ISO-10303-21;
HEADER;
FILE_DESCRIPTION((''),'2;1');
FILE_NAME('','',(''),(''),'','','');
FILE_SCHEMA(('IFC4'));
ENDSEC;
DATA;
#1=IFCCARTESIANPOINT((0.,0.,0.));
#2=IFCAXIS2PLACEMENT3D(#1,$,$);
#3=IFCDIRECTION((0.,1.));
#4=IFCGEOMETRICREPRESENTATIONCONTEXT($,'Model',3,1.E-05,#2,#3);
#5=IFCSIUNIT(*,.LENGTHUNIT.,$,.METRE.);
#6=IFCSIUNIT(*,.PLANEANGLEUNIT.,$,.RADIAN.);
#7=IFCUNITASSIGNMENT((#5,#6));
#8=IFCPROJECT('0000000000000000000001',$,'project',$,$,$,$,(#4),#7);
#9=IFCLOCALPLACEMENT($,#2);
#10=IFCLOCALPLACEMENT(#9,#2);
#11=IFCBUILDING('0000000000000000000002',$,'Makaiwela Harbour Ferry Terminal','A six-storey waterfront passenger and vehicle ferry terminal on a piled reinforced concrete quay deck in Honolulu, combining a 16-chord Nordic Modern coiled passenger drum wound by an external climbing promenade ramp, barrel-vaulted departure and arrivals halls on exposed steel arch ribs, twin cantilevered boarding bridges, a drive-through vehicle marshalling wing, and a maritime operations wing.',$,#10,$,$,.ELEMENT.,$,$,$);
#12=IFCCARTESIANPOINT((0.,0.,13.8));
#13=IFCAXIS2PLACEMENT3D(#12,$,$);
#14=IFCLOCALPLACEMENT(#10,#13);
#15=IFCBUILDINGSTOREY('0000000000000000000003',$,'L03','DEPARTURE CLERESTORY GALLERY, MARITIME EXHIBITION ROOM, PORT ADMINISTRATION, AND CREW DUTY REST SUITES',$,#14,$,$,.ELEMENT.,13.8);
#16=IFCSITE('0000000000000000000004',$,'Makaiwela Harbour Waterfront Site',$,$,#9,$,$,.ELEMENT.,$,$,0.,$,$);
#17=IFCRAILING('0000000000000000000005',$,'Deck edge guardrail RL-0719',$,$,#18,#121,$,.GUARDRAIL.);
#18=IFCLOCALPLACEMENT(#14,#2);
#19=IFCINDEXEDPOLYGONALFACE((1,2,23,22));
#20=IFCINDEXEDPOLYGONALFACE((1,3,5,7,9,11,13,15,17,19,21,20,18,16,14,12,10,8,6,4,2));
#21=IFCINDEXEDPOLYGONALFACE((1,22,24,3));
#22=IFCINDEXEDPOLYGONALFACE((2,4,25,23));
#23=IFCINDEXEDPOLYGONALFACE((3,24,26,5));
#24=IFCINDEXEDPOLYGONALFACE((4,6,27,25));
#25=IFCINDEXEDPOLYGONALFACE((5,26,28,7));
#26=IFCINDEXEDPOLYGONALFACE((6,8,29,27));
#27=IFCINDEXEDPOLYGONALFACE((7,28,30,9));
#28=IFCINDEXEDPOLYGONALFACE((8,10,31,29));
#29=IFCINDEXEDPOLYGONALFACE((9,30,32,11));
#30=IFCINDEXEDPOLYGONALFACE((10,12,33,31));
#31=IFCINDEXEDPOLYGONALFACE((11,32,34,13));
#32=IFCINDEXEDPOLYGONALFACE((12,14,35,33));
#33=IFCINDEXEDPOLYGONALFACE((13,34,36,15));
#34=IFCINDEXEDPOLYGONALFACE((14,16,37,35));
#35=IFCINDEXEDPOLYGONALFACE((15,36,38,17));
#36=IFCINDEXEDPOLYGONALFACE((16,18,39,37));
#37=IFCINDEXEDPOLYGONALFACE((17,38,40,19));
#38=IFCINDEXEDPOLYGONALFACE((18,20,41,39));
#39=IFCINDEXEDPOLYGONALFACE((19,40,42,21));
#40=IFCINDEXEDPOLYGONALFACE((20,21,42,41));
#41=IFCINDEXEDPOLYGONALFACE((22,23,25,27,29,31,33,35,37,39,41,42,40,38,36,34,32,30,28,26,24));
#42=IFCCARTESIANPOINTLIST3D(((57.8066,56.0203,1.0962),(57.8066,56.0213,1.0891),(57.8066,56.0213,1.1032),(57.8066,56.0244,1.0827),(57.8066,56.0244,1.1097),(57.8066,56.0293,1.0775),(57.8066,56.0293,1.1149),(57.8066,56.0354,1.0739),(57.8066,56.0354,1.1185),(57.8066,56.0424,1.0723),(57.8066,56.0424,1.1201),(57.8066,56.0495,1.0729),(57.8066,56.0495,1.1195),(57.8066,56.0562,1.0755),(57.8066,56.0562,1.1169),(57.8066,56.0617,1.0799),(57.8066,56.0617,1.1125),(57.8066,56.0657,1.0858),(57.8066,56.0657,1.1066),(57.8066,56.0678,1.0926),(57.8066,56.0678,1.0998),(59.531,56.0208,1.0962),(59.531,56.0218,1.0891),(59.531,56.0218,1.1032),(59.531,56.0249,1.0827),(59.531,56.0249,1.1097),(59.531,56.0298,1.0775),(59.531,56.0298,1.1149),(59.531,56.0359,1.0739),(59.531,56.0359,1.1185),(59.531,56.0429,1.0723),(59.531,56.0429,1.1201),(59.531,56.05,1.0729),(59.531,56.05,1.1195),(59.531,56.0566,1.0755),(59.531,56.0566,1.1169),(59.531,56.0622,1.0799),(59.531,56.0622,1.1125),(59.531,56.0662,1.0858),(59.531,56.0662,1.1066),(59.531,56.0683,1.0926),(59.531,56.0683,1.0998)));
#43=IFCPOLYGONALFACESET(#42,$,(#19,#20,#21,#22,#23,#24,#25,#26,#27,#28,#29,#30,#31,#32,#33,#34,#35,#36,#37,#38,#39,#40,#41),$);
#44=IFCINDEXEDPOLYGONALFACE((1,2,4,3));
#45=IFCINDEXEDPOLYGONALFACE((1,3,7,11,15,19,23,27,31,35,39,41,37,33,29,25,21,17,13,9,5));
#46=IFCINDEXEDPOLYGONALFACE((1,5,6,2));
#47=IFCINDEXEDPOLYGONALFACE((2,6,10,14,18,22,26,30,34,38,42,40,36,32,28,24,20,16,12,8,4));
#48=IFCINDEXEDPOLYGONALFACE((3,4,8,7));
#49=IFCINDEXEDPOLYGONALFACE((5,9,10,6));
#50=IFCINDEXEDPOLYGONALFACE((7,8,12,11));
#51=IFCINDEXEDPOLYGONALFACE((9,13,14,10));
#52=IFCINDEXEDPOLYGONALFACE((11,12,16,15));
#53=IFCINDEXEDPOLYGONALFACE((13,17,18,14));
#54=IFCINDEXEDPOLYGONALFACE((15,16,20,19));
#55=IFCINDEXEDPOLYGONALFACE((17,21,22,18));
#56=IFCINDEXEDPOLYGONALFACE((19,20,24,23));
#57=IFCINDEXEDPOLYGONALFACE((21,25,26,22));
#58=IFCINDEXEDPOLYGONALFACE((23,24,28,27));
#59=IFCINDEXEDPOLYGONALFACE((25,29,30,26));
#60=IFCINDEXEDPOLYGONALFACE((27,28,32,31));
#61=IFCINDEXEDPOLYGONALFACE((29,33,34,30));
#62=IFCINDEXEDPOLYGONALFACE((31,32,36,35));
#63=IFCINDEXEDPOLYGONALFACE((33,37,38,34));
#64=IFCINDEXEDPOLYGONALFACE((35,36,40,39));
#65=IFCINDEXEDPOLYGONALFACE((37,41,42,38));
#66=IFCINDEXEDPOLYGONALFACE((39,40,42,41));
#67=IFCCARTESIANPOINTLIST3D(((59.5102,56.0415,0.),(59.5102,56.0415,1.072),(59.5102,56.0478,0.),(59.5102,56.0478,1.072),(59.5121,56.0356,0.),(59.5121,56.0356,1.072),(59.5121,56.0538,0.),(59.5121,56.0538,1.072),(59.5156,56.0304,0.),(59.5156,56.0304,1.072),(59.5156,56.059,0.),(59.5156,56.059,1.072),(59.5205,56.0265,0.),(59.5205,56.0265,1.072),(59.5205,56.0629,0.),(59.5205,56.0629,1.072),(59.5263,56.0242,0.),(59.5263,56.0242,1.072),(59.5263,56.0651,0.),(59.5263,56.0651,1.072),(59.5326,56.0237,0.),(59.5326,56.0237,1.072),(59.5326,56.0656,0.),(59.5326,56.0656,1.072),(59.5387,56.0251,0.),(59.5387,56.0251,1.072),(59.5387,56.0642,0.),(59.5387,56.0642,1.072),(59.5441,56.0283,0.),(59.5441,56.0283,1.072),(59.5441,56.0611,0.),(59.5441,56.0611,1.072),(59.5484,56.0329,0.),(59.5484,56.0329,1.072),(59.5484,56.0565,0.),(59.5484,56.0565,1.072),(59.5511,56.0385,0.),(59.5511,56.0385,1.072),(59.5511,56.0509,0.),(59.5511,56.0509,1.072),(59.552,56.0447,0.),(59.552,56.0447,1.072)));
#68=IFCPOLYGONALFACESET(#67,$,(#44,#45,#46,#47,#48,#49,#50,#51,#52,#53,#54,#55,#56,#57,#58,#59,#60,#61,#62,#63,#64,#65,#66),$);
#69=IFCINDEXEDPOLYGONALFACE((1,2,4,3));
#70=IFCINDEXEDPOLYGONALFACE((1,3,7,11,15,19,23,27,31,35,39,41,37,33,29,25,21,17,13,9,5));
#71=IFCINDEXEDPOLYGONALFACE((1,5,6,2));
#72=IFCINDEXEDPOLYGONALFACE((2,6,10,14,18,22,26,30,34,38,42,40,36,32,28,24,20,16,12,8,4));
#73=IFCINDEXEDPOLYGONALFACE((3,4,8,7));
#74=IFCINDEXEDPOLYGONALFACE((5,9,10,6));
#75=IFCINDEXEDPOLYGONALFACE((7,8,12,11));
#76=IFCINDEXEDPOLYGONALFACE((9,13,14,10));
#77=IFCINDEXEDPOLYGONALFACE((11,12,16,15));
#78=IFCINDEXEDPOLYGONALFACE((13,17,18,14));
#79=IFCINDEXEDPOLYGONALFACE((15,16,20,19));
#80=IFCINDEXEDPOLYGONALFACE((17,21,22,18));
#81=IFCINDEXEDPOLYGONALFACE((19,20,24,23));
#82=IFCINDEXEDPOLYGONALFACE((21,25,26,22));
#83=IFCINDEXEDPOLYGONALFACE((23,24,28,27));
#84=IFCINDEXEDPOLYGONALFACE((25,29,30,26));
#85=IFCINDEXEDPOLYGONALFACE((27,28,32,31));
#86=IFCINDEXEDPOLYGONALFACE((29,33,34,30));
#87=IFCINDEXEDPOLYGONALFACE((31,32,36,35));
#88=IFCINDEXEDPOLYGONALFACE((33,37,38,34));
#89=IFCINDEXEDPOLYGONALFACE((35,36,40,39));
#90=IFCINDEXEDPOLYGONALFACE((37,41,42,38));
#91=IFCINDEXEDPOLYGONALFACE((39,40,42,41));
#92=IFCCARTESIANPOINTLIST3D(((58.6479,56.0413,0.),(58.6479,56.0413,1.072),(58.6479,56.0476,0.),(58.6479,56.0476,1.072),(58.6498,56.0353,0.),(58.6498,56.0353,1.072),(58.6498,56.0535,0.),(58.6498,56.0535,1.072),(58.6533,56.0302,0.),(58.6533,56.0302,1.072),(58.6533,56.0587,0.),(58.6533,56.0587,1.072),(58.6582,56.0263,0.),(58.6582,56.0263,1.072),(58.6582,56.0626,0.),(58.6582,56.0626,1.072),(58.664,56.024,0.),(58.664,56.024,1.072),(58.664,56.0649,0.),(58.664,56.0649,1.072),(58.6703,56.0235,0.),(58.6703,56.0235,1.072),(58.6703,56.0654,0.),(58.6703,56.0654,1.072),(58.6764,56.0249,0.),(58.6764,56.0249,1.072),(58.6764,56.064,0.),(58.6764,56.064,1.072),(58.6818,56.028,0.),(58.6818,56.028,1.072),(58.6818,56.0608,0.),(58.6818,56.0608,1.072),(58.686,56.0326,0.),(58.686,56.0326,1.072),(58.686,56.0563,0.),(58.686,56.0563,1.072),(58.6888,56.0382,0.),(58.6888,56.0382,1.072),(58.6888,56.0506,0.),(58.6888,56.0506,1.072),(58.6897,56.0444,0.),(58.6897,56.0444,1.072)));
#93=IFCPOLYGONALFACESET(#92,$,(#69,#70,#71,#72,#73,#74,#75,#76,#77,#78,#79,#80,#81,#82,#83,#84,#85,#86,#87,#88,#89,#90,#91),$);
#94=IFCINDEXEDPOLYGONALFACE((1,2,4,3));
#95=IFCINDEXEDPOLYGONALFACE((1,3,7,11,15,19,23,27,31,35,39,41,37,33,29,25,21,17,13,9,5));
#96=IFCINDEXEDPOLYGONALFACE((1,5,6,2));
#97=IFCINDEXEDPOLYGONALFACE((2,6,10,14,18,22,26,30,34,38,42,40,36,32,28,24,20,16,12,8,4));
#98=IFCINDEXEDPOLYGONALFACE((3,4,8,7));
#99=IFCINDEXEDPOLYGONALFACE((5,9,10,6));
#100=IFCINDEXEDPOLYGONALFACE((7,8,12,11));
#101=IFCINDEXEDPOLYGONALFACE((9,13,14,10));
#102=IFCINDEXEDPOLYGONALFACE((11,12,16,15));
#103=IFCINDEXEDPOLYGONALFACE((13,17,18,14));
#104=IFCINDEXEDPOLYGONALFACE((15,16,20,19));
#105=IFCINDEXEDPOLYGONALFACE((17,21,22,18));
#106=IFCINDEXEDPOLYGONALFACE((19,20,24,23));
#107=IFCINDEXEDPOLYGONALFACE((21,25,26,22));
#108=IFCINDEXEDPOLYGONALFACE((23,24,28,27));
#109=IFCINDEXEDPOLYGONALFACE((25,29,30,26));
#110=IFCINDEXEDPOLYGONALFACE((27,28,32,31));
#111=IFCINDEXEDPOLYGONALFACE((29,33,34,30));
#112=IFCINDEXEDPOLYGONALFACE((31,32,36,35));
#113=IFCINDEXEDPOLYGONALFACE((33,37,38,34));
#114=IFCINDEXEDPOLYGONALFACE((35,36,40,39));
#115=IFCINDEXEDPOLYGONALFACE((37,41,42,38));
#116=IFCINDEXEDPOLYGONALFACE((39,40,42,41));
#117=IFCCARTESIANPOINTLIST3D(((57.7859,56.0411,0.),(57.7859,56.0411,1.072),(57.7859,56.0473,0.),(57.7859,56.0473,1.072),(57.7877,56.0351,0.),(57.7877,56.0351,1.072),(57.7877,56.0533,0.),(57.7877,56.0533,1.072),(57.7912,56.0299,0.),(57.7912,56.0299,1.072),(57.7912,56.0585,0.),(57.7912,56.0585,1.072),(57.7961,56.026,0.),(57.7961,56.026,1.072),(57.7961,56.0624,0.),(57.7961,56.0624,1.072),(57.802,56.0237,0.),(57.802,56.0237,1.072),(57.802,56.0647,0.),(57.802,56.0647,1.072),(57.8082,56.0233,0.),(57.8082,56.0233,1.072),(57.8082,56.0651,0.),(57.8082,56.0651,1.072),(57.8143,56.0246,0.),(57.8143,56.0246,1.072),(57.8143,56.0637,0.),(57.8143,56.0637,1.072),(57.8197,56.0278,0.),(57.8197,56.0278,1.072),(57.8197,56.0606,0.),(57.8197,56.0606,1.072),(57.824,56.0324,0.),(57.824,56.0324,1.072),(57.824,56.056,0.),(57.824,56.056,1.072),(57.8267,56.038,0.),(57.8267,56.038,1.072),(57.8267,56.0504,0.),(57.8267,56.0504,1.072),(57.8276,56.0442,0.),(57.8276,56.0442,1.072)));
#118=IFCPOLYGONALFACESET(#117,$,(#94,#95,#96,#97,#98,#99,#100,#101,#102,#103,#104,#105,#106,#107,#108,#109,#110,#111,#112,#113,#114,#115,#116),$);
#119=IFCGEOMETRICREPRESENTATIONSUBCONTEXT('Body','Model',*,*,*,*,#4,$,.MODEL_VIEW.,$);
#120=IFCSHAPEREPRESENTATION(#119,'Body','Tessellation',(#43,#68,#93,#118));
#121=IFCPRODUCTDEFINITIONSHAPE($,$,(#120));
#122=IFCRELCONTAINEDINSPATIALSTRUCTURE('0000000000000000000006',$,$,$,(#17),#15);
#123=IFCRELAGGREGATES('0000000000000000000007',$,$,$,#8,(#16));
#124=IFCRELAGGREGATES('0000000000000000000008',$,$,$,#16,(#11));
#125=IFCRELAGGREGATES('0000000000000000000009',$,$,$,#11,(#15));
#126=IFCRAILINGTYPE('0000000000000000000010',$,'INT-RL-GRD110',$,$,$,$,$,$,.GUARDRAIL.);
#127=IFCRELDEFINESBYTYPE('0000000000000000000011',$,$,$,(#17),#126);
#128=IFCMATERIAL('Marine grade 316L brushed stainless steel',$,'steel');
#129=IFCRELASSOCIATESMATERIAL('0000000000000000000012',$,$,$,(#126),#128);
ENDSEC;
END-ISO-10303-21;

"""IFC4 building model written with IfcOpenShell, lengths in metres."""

from ifc_helpers import new_model, si_unit, direction, frame, origin, origin_2d, place, context, subcontext, project, spatial, circle, extrude, material, type_object, element, save


model = new_model("IFC4")

# Units and contexts
model_context = context("Model", 3, precision=1e-05, world=origin(), true_north=direction((0.0, 1.0)))
body_context = subcontext(model_context, "Body", "Model", "MODEL_VIEW")
ifc_project = project(units=[si_unit("LENGTHUNIT", "METRE"), si_unit("PLANEANGLEUNIT", "RADIAN")], contexts=[model_context])

# Site, building, storey
site_placement = place(None, origin())
site = spatial("IfcSite", under=ifc_project, at=site_placement, Name="Makaiwela Harbour Waterfront Site", CompositionType="ELEMENT", RefElevation=0.0)
building_placement = place(site_placement, origin())
building = spatial("IfcBuilding", under=site, at=building_placement, Name="Makaiwela Harbour Ferry Terminal", Description="A six-storey waterfront passenger and vehicle ferry terminal on a piled reinforced concrete quay deck in Honolulu, combining a 16-chord Nordic Modern coiled passenger drum wound by an external climbing promenade ramp, barrel-vaulted departure and arrivals halls on exposed steel arch ribs, twin cantilevered boarding bridges, a drive-through vehicle marshalling wing, and a maritime operations wing.", CompositionType="ELEMENT")
storey_placement = place(building_placement, frame((0.0, 0.0, 13.8)))
storey = spatial("IfcBuildingStorey", under=building, at=storey_placement, Name="L03", Description="DEPARTURE CLERESTORY GALLERY, MARITIME EXHIBITION ROOM, PORT ADMINISTRATION, AND CREW DUTY REST SUITES", CompositionType="ELEMENT", Elevation=13.8)

# Railing
ifc_material_1 = material(Name="Marine grade 316L brushed stainless steel", Category="steel")
railing_type = type_object("IfcRailingType", Name="INT-RL-GRD110", PredefinedType="GUARDRAIL", material=ifc_material_1)
railing_1_placement = place(storey_placement, frame((59.531, 56.0447, 0.0)))
element("IfcRailing", 1, at=railing_1_placement, inside=storey, type_object=railing_type, Name="Deck edge guardrail RL-0719", PredefinedType="GUARDRAIL", context=body_context, shape_type="SweptSolid", body=[
    extrude(circle(Radius=0.0239, at=origin_2d()), frame((0.0, 0.0, 1.0962), z_axis=(-1.0, -0.000283, 0.0), x_axis=(0.000283, -1.0, 0.0)), (0.0, 0.0, 1.0), 1.7244),
    extrude(circle(Radius=0.021, at=origin_2d()), origin(), (0.0, 0.0, 1.0), 1.072),
    extrude(circle(Radius=0.021, at=origin_2d()), frame((-0.8623, -0.0002, 0.0)), (0.0, 0.0, 1.0), 1.072),
    extrude(circle(Radius=0.021, at=origin_2d()), frame((-1.7244, -0.0005, 0.0)), (0.0, 0.0, 1.0), 1.072),
])

save(model, "model.ifc")
